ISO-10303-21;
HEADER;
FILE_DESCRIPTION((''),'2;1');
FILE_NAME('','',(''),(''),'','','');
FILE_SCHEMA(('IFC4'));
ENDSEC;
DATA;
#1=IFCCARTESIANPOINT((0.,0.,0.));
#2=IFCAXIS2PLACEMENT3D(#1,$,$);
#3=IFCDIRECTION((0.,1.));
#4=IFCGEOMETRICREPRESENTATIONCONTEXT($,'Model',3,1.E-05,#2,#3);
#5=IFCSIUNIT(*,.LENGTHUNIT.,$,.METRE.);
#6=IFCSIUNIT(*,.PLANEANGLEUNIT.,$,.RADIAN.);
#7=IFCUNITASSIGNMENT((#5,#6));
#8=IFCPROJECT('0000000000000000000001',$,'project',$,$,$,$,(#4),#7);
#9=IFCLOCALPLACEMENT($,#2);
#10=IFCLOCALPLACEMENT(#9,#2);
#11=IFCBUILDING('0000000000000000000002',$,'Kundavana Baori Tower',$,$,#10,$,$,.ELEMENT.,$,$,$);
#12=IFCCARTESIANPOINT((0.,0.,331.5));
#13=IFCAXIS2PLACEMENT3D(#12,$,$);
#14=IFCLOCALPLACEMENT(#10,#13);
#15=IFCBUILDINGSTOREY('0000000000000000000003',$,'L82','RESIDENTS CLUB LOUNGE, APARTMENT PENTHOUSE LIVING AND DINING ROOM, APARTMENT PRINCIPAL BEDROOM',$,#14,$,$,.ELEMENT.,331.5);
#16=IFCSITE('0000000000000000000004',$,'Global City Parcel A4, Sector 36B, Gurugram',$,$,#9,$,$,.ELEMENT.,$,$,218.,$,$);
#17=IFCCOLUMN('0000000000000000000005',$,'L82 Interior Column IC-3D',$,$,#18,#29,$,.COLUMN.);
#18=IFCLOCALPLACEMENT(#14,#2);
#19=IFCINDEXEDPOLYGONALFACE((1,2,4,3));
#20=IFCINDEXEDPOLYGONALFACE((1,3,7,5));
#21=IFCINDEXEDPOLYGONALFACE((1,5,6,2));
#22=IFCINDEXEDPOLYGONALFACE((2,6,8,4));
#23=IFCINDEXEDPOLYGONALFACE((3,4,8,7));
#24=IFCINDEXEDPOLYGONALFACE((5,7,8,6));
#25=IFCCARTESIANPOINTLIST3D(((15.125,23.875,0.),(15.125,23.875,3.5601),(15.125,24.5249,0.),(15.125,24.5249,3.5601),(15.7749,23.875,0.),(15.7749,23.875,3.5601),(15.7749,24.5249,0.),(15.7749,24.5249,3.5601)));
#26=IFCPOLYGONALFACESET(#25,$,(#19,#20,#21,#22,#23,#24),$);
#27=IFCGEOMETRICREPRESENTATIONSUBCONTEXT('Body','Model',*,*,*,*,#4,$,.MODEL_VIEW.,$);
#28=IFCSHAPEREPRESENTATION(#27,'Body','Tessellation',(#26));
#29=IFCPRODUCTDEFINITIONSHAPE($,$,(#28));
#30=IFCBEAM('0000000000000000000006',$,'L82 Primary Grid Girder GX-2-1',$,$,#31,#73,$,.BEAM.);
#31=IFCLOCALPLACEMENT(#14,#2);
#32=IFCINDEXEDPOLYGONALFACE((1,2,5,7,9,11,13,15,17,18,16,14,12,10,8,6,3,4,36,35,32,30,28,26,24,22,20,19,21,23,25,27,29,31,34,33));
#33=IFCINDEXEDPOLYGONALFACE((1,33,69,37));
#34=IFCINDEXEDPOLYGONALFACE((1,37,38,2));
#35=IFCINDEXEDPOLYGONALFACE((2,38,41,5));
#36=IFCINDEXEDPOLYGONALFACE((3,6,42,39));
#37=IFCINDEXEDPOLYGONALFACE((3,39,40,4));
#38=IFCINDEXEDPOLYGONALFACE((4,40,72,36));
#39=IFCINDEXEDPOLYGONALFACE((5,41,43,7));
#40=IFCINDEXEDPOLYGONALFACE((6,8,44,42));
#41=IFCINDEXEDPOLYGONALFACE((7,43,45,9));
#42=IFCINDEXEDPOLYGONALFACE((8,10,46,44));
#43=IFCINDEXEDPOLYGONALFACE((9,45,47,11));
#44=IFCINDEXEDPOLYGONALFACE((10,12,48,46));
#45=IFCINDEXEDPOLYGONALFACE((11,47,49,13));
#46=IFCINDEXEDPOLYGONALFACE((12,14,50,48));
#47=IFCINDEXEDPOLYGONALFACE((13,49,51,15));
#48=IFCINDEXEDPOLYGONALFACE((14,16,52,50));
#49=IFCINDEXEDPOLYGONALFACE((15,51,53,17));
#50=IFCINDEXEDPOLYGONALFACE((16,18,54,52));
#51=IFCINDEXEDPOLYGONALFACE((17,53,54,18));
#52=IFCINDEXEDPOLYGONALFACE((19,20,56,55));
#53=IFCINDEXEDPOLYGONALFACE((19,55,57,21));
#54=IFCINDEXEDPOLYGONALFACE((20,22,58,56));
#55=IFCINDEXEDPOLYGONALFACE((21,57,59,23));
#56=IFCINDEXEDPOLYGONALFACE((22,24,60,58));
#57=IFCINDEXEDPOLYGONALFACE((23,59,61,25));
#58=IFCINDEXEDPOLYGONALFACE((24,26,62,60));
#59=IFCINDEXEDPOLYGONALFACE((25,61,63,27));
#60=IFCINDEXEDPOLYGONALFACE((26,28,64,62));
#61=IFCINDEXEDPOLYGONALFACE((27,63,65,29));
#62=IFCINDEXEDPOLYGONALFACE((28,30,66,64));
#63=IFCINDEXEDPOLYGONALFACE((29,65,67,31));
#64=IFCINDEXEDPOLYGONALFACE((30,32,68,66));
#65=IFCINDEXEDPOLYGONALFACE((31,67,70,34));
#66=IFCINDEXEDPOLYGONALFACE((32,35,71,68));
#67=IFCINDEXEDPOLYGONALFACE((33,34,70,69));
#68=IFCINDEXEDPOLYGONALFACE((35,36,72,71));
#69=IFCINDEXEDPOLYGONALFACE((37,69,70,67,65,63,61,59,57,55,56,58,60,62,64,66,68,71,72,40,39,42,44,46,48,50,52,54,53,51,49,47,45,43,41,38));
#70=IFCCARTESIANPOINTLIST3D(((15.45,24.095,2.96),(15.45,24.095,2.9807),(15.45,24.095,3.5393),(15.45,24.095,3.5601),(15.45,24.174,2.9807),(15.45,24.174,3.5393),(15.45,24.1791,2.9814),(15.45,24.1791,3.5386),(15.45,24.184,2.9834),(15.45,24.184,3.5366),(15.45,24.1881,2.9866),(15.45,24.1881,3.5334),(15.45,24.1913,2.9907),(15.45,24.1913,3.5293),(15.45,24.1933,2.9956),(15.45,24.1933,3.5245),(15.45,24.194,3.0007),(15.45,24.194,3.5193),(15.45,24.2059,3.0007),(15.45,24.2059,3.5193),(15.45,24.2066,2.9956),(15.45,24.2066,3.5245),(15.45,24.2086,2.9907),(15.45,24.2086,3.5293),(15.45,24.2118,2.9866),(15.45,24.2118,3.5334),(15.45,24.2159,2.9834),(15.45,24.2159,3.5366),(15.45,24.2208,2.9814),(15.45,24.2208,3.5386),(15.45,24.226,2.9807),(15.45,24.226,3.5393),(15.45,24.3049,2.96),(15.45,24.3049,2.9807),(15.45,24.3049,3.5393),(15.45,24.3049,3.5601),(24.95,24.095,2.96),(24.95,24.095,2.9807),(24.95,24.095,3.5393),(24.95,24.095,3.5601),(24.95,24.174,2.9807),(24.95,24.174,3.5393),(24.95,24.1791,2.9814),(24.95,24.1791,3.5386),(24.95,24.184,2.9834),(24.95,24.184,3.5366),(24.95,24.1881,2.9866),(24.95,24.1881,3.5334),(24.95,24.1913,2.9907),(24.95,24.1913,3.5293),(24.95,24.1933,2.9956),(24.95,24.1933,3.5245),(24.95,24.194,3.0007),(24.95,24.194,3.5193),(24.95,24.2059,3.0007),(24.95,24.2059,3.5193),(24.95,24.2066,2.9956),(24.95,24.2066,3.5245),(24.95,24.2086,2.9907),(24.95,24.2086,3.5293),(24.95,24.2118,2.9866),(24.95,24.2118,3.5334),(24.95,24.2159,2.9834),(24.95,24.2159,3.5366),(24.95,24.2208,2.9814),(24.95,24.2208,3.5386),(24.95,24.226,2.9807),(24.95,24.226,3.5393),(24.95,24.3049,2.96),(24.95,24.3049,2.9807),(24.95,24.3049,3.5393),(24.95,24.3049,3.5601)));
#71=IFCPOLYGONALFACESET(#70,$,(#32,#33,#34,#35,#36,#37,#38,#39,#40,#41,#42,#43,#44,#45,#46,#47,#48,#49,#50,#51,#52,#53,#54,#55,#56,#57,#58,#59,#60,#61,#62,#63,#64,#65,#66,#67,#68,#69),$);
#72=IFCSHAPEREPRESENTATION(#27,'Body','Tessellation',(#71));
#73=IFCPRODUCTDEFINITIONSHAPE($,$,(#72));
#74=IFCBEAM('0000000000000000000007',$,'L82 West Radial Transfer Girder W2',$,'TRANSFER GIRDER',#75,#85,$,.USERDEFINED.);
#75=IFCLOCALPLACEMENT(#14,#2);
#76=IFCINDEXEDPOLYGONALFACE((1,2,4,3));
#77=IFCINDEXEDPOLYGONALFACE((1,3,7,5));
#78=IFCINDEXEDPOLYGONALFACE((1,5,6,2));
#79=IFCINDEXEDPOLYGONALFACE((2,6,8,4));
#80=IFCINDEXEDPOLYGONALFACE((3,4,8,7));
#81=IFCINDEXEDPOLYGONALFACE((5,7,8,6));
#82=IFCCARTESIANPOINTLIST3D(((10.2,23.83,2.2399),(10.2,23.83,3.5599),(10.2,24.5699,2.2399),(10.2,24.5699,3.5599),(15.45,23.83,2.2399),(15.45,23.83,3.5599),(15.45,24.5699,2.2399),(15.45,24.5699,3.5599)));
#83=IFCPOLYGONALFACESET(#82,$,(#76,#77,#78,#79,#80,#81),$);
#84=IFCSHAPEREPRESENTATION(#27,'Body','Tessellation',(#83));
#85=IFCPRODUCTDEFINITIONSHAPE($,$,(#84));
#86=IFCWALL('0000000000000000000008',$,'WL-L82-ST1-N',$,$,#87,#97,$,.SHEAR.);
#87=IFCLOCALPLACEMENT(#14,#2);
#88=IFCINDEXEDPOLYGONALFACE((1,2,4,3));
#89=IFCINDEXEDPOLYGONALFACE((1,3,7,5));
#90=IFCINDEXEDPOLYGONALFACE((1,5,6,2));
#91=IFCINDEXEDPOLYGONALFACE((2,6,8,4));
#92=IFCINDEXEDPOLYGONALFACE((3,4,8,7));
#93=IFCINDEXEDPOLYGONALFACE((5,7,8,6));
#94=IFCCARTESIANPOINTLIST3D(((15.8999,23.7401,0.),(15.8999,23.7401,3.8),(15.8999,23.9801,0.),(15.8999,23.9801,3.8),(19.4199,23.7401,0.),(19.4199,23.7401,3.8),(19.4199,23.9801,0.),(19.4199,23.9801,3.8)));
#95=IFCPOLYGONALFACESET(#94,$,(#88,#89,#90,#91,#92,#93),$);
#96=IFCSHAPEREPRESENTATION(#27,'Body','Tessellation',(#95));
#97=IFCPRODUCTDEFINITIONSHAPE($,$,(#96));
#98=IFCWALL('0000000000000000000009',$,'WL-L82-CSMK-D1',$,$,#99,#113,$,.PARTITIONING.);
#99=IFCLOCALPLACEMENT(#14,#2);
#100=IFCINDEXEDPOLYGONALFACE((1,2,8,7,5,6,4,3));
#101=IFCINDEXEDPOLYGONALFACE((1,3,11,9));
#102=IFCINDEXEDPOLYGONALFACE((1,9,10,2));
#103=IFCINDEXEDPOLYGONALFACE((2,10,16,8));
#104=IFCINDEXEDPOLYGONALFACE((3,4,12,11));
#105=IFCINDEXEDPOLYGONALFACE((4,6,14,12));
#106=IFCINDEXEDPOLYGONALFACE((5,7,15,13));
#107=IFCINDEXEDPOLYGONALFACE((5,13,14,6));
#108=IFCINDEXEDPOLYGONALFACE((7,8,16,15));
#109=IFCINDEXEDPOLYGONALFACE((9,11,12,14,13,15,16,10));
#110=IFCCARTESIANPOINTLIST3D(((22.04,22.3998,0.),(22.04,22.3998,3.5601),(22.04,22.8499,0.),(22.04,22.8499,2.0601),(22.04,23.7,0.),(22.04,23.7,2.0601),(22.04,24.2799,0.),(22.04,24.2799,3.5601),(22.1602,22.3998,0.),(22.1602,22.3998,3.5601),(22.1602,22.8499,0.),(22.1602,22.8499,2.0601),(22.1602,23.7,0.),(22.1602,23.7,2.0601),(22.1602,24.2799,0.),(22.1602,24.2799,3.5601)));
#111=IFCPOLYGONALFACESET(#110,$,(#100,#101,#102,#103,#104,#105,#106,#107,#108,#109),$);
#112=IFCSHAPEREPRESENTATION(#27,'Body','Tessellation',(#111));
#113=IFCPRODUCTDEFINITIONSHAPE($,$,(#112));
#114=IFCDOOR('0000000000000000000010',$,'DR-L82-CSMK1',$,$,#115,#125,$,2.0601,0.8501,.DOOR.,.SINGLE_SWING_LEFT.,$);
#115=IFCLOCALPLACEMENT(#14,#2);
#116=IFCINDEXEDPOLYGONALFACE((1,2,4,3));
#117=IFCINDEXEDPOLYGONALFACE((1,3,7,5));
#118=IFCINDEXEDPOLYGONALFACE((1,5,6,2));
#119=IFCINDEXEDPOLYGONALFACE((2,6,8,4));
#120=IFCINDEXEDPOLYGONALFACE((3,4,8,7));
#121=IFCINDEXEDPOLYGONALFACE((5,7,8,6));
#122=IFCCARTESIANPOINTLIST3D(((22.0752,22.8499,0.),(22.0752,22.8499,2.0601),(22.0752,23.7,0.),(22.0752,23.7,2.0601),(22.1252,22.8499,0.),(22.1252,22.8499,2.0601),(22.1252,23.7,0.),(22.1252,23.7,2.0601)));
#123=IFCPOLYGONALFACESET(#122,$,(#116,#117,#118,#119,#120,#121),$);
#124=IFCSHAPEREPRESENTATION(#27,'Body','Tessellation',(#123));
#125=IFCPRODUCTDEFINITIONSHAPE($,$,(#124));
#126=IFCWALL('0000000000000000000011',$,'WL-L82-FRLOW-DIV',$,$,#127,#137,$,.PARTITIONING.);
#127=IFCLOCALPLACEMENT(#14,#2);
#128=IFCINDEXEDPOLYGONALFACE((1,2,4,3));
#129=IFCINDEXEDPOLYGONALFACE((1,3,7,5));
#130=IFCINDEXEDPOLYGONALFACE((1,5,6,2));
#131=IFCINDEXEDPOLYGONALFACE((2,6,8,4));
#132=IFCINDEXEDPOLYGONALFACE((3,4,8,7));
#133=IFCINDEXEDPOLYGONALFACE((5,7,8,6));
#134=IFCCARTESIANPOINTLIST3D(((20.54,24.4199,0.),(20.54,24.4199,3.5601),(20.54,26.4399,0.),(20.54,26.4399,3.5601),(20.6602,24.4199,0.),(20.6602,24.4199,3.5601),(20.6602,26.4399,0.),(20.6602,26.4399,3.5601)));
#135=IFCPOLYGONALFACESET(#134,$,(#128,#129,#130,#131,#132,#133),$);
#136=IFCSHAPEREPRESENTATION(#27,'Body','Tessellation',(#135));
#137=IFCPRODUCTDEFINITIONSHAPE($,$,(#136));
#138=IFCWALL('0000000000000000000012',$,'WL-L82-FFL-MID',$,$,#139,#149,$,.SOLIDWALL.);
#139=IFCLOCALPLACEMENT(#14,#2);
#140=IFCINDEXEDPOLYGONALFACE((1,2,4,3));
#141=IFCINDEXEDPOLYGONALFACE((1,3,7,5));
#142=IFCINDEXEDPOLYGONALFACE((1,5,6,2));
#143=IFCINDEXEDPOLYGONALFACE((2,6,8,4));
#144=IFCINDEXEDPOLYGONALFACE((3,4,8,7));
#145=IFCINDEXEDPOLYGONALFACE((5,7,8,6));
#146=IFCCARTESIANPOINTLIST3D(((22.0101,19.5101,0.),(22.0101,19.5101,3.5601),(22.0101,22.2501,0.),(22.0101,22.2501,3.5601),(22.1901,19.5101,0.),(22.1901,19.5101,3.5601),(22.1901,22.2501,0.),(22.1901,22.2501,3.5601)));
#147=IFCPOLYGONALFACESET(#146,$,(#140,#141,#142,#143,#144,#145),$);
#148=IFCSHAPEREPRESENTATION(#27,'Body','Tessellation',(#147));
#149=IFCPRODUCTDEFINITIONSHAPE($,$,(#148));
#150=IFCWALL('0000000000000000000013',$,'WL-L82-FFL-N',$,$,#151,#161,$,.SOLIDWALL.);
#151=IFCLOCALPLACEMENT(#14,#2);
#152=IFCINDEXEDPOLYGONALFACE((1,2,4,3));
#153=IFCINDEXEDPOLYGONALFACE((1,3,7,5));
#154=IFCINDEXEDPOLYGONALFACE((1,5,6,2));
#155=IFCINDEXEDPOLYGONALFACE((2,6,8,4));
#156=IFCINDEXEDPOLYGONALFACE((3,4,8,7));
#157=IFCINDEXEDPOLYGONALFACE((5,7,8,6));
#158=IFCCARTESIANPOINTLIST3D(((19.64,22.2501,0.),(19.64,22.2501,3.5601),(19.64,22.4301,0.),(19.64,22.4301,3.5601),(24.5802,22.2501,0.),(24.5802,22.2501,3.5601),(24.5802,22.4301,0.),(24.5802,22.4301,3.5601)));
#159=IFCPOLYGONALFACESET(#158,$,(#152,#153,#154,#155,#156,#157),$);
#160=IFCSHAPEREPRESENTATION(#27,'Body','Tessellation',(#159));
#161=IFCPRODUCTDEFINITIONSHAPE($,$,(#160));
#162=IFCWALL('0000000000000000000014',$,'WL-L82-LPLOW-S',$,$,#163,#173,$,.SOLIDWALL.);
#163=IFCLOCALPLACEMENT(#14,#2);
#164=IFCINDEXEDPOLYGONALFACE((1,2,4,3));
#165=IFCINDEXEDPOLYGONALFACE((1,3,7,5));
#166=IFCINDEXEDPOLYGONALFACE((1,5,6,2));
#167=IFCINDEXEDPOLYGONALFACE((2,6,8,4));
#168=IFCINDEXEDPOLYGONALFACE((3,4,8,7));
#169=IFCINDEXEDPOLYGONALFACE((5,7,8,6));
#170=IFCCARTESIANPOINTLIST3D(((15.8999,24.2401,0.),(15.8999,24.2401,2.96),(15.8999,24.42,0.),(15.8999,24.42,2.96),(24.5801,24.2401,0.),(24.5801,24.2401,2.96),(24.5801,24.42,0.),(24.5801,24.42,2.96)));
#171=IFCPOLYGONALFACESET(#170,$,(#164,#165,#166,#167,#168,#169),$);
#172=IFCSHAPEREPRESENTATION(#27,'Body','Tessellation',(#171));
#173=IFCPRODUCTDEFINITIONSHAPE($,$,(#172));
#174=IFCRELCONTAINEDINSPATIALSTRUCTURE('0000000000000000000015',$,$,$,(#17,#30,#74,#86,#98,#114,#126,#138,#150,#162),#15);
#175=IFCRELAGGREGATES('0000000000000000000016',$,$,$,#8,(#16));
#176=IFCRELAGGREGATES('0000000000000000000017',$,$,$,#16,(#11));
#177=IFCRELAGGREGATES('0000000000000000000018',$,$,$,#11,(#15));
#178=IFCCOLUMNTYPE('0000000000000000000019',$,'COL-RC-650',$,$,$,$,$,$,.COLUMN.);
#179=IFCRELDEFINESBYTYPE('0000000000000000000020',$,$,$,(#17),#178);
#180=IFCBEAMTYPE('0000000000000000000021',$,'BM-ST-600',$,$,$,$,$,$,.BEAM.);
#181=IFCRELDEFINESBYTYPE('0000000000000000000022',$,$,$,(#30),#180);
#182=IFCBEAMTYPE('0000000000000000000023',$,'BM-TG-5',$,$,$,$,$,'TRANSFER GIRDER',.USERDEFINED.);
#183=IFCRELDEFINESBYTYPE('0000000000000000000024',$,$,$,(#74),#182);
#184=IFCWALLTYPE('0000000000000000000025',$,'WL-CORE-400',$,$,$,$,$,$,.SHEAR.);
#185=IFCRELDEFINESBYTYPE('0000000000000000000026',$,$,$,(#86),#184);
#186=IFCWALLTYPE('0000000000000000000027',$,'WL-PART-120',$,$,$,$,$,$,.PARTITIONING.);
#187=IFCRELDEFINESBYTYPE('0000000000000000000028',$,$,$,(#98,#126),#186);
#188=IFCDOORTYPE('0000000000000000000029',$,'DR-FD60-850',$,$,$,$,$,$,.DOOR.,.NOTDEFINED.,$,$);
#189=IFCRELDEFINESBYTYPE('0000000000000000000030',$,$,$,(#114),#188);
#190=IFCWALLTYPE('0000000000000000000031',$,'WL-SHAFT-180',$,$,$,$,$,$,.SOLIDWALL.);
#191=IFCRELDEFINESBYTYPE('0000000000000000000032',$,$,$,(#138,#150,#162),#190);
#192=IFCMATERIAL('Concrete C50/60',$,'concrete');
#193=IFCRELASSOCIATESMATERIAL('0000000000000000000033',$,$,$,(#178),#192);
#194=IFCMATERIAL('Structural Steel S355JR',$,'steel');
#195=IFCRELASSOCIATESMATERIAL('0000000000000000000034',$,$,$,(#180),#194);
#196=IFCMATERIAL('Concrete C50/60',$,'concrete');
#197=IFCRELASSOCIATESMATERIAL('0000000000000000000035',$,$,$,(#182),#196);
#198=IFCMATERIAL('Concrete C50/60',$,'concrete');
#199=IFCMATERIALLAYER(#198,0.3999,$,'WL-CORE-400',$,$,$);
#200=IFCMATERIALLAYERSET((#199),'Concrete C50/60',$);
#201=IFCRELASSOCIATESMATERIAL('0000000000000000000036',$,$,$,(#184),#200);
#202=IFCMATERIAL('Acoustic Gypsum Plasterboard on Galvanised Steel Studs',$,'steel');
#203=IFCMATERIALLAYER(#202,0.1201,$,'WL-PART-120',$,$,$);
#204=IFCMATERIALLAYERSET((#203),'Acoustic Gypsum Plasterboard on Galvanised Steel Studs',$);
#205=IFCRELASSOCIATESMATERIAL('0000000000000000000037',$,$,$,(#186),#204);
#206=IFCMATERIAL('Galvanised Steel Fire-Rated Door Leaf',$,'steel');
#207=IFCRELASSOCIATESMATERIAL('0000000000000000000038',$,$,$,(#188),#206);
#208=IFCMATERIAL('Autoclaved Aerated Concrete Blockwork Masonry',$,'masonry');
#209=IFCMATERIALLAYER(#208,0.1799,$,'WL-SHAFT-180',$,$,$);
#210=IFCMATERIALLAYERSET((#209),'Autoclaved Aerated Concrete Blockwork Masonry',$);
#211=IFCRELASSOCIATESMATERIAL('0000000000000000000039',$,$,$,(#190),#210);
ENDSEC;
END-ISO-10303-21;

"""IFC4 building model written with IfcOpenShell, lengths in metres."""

from ifc_helpers import new_model, si_unit, direction, frame, frame_2d, origin, origin_2d, place, context, subcontext, project, spatial, rectangle, i_section, extrude, material, layer, layer_set, material_profile, profile_set, type_object, element, fill, save


model = new_model("IFC4")

# Units and contexts
model_context = context("Model", 3, precision=1e-05, world=origin(), true_north=direction((0.0, 1.0)))
body_context = subcontext(model_context, "Body", "Model", "MODEL_VIEW")
ifc_project = project(units=[si_unit("LENGTHUNIT", "METRE"), si_unit("PLANEANGLEUNIT", "RADIAN")], contexts=[model_context])

# Site, building, storey
site_placement = place(None, origin())
site = spatial("IfcSite", under=ifc_project, at=site_placement, Name="Global City Parcel A4, Sector 36B, Gurugram", CompositionType="ELEMENT", RefElevation=218.0)
building_placement = place(site_placement, origin())
building = spatial("IfcBuilding", under=site, at=building_placement, Name="Kundavana Baori Tower", CompositionType="ELEMENT")
storey_placement = place(building_placement, frame((0.0, 0.0, 331.5)))
storey = spatial("IfcBuildingStorey", under=building, at=storey_placement, Name="L82", Description="RESIDENTS CLUB LOUNGE, APARTMENT PENTHOUSE LIVING AND DINING ROOM, APARTMENT PRINCIPAL BEDROOM", CompositionType="ELEMENT", Elevation=331.5)

# Column
ifc_material_1 = material(Name="Concrete C50/60", Category="concrete")
ifc_material_profile_1 = material_profile(ifc_material_1, rectangle(XDim=0.6499, YDim=0.6499, at=origin_2d()), Name="RC 650x650")
ifc_profile_set_1 = profile_set([ifc_material_profile_1], Name="Concrete C50/60")
column_type = type_object("IfcColumnType", Name="COL-RC-650", PredefinedType="COLUMN", material=ifc_profile_set_1)
column_placement = place(storey_placement, frame((15.45, 24.2, 0.0), z_axis=(0.0, 0.0, 1.0), x_axis=(1.0, 0.0, 0.0)))
element("IfcColumn", 1, at=column_placement, inside=storey, type_object=column_type, Name="L82 Interior Column IC-3D", PredefinedType="COLUMN", context=body_context, shape_type="SweptSolid", body=[
    extrude(rectangle(XDim=0.6499, YDim=0.6499, at=origin_2d()), origin(), (0.0, 0.0, 1.0), 3.5601),
])

# Beams
ifc_material_2 = material(Name="Structural Steel S355JR", Category="steel")
ifc_material_profile_2 = material_profile(ifc_material_2, i_section(OverallWidth=0.21, OverallDepth=0.6001, WebThickness=0.012, FlangeThickness=0.0208, FilletRadius=0.02, at=origin_2d()), Name="ISMB 600")
ifc_profile_set_2 = profile_set([ifc_material_profile_2], Name="Structural Steel S355JR")
beam_type_1 = type_object("IfcBeamType", Name="BM-ST-600", PredefinedType="BEAM", material=ifc_profile_set_2)
beam_1_placement = place(storey_placement, frame((15.45, 24.2, 3.26), z_axis=(1.0, 0.0, 0.0), x_axis=(0.0, 1.0, 0.0)))
element("IfcBeam", 2, at=beam_1_placement, inside=storey, type_object=beam_type_1, Name="L82 Primary Grid Girder GX-2-1", PredefinedType="BEAM", context=body_context, shape_type="SweptSolid", body=[
    extrude(i_section(OverallWidth=0.21, OverallDepth=0.6001, WebThickness=0.012, FlangeThickness=0.0208, FilletRadius=0.02, at=origin_2d()), origin(), (0.0, 0.0, 1.0), 9.5),
])
ifc_material_3 = material(Name="Concrete C50/60", Category="concrete")
ifc_material_profile_3 = material_profile(ifc_material_3, rectangle(XDim=0.74, YDim=1.3201, at=origin_2d()), Name="BM-TG-5")
ifc_profile_set_3 = profile_set([ifc_material_profile_3], Name="Concrete C50/60")
beam_type_2 = type_object("IfcBeamType", Name="BM-TG-5", ElementType="TRANSFER GIRDER", PredefinedType="USERDEFINED", material=ifc_profile_set_3)
beam_2_placement = place(storey_placement, frame((15.45, 24.2, 2.8999), z_axis=(-1.0, 0.0, 0.0), x_axis=(0.0, -1.0, 0.0)))
element("IfcBeam", 3, at=beam_2_placement, inside=storey, type_object=beam_type_2, Name="L82 West Radial Transfer Girder W2", ObjectType="TRANSFER GIRDER", PredefinedType="USERDEFINED", context=body_context, shape_type="SweptSolid", body=[
    extrude(rectangle(XDim=0.74, YDim=1.3201, at=origin_2d()), origin(), (0.0, 0.0, 1.0), 5.25),
])

# Wall
ifc_material_4 = material(Name="Concrete C50/60", Category="concrete")
ifc_layer_1 = layer(ifc_material_4, 0.3999, Name="WL-CORE-400")
ifc_layer_set_1 = layer_set([ifc_layer_1], Name="Concrete C50/60")
wall_type_1 = type_object("IfcWallType", Name="WL-CORE-400", PredefinedType="SHEAR", material=ifc_layer_set_1)
wall_1_placement = place(storey_placement, frame((15.8999, 23.8601, 0.0), z_axis=(0.0, 0.0, 1.0), x_axis=(1.0, 0.0, 0.0)))
element("IfcWall", 4, at=wall_1_placement, inside=storey, type_object=wall_type_1, Name="WL-L82-ST1-N", PredefinedType="SHEAR", context=body_context, shape_type="SweptSolid", body=[
    extrude(rectangle(XDim=3.52, YDim=0.24, at=frame_2d((1.76, 0.0))), origin(), (0.0, 0.0, 1.0), 3.8),
])

# Wall, opening, door
ifc_material_5 = material(Name="Acoustic Gypsum Plasterboard on Galvanised Steel Studs", Category="steel")
ifc_layer_2 = layer(ifc_material_5, 0.1201, Name="WL-PART-120")
ifc_layer_set_2 = layer_set([ifc_layer_2], Name="Acoustic Gypsum Plasterboard on Galvanised Steel Studs")
wall_type_2 = type_object("IfcWallType", Name="WL-PART-120", PredefinedType="PARTITIONING", material=ifc_layer_set_2)
wall_2_placement = place(storey_placement, frame((22.1001, 22.3999, 0.0), z_axis=(0.0, 0.0, 1.0), x_axis=(0.0, 1.0, 0.0)))
wall_2 = element("IfcWall", 5, at=wall_2_placement, inside=storey, type_object=wall_type_2, Name="WL-L82-CSMK-D1", PredefinedType="PARTITIONING", context=body_context, shape_type="SweptSolid", body=[
    extrude(rectangle(XDim=1.8801, YDim=0.1201, at=frame_2d((0.9399, 0.0))), origin(), (0.0, 0.0, 1.0), 3.5601),
])
opening_placement = place(wall_2_placement, frame((0.45, 0.0, 0.0)))
opening = element("IfcOpeningElement", 6, at=opening_placement, cuts=wall_2, PredefinedType="OPENING", context=body_context, shape_type="SweptSolid", body=[
    extrude(rectangle(XDim=0.8501, YDim=2.0601, at=frame_2d((0.425, 1.03))), frame((0.0, 0.0701, 0.0), z_axis=(0.0, -1.0, 0.0), x_axis=(1.0, 0.0, 0.0)), (0.0, 0.0, 1.0), 0.1401),
])
ifc_material_6 = material(Name="Galvanised Steel Fire-Rated Door Leaf", Category="steel")
door_type = type_object("IfcDoorType", Name="DR-FD60-850", OperationType="NOTDEFINED", PredefinedType="DOOR", material=ifc_material_6)
door_placement = place(opening_placement, origin())
door = element("IfcDoor", 7, at=door_placement, inside=storey, type_object=door_type, Name="DR-L82-CSMK1", OperationType="SINGLE_SWING_LEFT", OverallHeight=2.0601, OverallWidth=0.8501, PredefinedType="DOOR", context=body_context, shape_type="SweptSolid", body=[
    extrude(rectangle(XDim=0.8501, YDim=2.0601, at=frame_2d((0.425, 1.03))), frame((0.0, 0.0249, 0.0), z_axis=(0.0, -1.0, 0.0), x_axis=(1.0, 0.0, 0.0)), (0.0, 0.0, 1.0), 0.05),
])
fill(opening, door)

# Walls
wall_3_placement = place(storey_placement, frame((20.6001, 24.4199, 0.0), z_axis=(0.0, 0.0, 1.0), x_axis=(0.0, 1.0, 0.0)))
element("IfcWall", 8, at=wall_3_placement, inside=storey, type_object=wall_type_2, Name="WL-L82-FRLOW-DIV", PredefinedType="PARTITIONING", context=body_context, shape_type="SweptSolid", body=[
    extrude(rectangle(XDim=2.02, YDim=0.1201, at=frame_2d((1.01, 0.0))), origin(), (0.0, 0.0, 1.0), 3.5601),
])
ifc_material_7 = material(Name="Autoclaved Aerated Concrete Blockwork Masonry", Category="masonry")
ifc_layer_3 = layer(ifc_material_7, 0.1799, Name="WL-SHAFT-180")
ifc_layer_set_3 = layer_set([ifc_layer_3], Name="Autoclaved Aerated Concrete Blockwork Masonry")
wall_type_3 = type_object("IfcWallType", Name="WL-SHAFT-180", PredefinedType="SOLIDWALL", material=ifc_layer_set_3)
wall_4_placement = place(storey_placement, frame((22.1001, 19.51, 0.0), z_axis=(0.0, 0.0, 1.0), x_axis=(0.0, 1.0, 0.0)))
element("IfcWall", 9, at=wall_4_placement, inside=storey, type_object=wall_type_3, Name="WL-L82-FFL-MID", PredefinedType="SOLIDWALL", context=body_context, shape_type="SweptSolid", body=[
    extrude(rectangle(XDim=2.74, YDim=0.1799, at=frame_2d((1.3701, 0.0))), origin(), (0.0, 0.0, 1.0), 3.5601),
])
wall_5_placement = place(storey_placement, frame((19.6399, 22.3401, 0.0), z_axis=(0.0, 0.0, 1.0), x_axis=(1.0, 0.0, 0.0)))
element("IfcWall", 10, at=wall_5_placement, inside=storey, type_object=wall_type_3, Name="WL-L82-FFL-N", PredefinedType="SOLIDWALL", context=body_context, shape_type="SweptSolid", body=[
    extrude(rectangle(XDim=4.9402, YDim=0.1799, at=frame_2d((2.4702, 0.0))), origin(), (0.0, 0.0, 1.0), 3.5601),
])
wall_6_placement = place(storey_placement, frame((15.8999, 24.3301, 0.0), z_axis=(0.0, 0.0, 1.0), x_axis=(1.0, 0.0, 0.0)))
element("IfcWall", 11, at=wall_6_placement, inside=storey, type_object=wall_type_3, Name="WL-L82-LPLOW-S", PredefinedType="SOLIDWALL", context=body_context, shape_type="SweptSolid", body=[
    extrude(rectangle(XDim=8.6802, YDim=0.1799, at=frame_2d((4.3401, 0.0))), origin(), (0.0, 0.0, 1.0), 2.96),
])

save(model, "model.ifc")
